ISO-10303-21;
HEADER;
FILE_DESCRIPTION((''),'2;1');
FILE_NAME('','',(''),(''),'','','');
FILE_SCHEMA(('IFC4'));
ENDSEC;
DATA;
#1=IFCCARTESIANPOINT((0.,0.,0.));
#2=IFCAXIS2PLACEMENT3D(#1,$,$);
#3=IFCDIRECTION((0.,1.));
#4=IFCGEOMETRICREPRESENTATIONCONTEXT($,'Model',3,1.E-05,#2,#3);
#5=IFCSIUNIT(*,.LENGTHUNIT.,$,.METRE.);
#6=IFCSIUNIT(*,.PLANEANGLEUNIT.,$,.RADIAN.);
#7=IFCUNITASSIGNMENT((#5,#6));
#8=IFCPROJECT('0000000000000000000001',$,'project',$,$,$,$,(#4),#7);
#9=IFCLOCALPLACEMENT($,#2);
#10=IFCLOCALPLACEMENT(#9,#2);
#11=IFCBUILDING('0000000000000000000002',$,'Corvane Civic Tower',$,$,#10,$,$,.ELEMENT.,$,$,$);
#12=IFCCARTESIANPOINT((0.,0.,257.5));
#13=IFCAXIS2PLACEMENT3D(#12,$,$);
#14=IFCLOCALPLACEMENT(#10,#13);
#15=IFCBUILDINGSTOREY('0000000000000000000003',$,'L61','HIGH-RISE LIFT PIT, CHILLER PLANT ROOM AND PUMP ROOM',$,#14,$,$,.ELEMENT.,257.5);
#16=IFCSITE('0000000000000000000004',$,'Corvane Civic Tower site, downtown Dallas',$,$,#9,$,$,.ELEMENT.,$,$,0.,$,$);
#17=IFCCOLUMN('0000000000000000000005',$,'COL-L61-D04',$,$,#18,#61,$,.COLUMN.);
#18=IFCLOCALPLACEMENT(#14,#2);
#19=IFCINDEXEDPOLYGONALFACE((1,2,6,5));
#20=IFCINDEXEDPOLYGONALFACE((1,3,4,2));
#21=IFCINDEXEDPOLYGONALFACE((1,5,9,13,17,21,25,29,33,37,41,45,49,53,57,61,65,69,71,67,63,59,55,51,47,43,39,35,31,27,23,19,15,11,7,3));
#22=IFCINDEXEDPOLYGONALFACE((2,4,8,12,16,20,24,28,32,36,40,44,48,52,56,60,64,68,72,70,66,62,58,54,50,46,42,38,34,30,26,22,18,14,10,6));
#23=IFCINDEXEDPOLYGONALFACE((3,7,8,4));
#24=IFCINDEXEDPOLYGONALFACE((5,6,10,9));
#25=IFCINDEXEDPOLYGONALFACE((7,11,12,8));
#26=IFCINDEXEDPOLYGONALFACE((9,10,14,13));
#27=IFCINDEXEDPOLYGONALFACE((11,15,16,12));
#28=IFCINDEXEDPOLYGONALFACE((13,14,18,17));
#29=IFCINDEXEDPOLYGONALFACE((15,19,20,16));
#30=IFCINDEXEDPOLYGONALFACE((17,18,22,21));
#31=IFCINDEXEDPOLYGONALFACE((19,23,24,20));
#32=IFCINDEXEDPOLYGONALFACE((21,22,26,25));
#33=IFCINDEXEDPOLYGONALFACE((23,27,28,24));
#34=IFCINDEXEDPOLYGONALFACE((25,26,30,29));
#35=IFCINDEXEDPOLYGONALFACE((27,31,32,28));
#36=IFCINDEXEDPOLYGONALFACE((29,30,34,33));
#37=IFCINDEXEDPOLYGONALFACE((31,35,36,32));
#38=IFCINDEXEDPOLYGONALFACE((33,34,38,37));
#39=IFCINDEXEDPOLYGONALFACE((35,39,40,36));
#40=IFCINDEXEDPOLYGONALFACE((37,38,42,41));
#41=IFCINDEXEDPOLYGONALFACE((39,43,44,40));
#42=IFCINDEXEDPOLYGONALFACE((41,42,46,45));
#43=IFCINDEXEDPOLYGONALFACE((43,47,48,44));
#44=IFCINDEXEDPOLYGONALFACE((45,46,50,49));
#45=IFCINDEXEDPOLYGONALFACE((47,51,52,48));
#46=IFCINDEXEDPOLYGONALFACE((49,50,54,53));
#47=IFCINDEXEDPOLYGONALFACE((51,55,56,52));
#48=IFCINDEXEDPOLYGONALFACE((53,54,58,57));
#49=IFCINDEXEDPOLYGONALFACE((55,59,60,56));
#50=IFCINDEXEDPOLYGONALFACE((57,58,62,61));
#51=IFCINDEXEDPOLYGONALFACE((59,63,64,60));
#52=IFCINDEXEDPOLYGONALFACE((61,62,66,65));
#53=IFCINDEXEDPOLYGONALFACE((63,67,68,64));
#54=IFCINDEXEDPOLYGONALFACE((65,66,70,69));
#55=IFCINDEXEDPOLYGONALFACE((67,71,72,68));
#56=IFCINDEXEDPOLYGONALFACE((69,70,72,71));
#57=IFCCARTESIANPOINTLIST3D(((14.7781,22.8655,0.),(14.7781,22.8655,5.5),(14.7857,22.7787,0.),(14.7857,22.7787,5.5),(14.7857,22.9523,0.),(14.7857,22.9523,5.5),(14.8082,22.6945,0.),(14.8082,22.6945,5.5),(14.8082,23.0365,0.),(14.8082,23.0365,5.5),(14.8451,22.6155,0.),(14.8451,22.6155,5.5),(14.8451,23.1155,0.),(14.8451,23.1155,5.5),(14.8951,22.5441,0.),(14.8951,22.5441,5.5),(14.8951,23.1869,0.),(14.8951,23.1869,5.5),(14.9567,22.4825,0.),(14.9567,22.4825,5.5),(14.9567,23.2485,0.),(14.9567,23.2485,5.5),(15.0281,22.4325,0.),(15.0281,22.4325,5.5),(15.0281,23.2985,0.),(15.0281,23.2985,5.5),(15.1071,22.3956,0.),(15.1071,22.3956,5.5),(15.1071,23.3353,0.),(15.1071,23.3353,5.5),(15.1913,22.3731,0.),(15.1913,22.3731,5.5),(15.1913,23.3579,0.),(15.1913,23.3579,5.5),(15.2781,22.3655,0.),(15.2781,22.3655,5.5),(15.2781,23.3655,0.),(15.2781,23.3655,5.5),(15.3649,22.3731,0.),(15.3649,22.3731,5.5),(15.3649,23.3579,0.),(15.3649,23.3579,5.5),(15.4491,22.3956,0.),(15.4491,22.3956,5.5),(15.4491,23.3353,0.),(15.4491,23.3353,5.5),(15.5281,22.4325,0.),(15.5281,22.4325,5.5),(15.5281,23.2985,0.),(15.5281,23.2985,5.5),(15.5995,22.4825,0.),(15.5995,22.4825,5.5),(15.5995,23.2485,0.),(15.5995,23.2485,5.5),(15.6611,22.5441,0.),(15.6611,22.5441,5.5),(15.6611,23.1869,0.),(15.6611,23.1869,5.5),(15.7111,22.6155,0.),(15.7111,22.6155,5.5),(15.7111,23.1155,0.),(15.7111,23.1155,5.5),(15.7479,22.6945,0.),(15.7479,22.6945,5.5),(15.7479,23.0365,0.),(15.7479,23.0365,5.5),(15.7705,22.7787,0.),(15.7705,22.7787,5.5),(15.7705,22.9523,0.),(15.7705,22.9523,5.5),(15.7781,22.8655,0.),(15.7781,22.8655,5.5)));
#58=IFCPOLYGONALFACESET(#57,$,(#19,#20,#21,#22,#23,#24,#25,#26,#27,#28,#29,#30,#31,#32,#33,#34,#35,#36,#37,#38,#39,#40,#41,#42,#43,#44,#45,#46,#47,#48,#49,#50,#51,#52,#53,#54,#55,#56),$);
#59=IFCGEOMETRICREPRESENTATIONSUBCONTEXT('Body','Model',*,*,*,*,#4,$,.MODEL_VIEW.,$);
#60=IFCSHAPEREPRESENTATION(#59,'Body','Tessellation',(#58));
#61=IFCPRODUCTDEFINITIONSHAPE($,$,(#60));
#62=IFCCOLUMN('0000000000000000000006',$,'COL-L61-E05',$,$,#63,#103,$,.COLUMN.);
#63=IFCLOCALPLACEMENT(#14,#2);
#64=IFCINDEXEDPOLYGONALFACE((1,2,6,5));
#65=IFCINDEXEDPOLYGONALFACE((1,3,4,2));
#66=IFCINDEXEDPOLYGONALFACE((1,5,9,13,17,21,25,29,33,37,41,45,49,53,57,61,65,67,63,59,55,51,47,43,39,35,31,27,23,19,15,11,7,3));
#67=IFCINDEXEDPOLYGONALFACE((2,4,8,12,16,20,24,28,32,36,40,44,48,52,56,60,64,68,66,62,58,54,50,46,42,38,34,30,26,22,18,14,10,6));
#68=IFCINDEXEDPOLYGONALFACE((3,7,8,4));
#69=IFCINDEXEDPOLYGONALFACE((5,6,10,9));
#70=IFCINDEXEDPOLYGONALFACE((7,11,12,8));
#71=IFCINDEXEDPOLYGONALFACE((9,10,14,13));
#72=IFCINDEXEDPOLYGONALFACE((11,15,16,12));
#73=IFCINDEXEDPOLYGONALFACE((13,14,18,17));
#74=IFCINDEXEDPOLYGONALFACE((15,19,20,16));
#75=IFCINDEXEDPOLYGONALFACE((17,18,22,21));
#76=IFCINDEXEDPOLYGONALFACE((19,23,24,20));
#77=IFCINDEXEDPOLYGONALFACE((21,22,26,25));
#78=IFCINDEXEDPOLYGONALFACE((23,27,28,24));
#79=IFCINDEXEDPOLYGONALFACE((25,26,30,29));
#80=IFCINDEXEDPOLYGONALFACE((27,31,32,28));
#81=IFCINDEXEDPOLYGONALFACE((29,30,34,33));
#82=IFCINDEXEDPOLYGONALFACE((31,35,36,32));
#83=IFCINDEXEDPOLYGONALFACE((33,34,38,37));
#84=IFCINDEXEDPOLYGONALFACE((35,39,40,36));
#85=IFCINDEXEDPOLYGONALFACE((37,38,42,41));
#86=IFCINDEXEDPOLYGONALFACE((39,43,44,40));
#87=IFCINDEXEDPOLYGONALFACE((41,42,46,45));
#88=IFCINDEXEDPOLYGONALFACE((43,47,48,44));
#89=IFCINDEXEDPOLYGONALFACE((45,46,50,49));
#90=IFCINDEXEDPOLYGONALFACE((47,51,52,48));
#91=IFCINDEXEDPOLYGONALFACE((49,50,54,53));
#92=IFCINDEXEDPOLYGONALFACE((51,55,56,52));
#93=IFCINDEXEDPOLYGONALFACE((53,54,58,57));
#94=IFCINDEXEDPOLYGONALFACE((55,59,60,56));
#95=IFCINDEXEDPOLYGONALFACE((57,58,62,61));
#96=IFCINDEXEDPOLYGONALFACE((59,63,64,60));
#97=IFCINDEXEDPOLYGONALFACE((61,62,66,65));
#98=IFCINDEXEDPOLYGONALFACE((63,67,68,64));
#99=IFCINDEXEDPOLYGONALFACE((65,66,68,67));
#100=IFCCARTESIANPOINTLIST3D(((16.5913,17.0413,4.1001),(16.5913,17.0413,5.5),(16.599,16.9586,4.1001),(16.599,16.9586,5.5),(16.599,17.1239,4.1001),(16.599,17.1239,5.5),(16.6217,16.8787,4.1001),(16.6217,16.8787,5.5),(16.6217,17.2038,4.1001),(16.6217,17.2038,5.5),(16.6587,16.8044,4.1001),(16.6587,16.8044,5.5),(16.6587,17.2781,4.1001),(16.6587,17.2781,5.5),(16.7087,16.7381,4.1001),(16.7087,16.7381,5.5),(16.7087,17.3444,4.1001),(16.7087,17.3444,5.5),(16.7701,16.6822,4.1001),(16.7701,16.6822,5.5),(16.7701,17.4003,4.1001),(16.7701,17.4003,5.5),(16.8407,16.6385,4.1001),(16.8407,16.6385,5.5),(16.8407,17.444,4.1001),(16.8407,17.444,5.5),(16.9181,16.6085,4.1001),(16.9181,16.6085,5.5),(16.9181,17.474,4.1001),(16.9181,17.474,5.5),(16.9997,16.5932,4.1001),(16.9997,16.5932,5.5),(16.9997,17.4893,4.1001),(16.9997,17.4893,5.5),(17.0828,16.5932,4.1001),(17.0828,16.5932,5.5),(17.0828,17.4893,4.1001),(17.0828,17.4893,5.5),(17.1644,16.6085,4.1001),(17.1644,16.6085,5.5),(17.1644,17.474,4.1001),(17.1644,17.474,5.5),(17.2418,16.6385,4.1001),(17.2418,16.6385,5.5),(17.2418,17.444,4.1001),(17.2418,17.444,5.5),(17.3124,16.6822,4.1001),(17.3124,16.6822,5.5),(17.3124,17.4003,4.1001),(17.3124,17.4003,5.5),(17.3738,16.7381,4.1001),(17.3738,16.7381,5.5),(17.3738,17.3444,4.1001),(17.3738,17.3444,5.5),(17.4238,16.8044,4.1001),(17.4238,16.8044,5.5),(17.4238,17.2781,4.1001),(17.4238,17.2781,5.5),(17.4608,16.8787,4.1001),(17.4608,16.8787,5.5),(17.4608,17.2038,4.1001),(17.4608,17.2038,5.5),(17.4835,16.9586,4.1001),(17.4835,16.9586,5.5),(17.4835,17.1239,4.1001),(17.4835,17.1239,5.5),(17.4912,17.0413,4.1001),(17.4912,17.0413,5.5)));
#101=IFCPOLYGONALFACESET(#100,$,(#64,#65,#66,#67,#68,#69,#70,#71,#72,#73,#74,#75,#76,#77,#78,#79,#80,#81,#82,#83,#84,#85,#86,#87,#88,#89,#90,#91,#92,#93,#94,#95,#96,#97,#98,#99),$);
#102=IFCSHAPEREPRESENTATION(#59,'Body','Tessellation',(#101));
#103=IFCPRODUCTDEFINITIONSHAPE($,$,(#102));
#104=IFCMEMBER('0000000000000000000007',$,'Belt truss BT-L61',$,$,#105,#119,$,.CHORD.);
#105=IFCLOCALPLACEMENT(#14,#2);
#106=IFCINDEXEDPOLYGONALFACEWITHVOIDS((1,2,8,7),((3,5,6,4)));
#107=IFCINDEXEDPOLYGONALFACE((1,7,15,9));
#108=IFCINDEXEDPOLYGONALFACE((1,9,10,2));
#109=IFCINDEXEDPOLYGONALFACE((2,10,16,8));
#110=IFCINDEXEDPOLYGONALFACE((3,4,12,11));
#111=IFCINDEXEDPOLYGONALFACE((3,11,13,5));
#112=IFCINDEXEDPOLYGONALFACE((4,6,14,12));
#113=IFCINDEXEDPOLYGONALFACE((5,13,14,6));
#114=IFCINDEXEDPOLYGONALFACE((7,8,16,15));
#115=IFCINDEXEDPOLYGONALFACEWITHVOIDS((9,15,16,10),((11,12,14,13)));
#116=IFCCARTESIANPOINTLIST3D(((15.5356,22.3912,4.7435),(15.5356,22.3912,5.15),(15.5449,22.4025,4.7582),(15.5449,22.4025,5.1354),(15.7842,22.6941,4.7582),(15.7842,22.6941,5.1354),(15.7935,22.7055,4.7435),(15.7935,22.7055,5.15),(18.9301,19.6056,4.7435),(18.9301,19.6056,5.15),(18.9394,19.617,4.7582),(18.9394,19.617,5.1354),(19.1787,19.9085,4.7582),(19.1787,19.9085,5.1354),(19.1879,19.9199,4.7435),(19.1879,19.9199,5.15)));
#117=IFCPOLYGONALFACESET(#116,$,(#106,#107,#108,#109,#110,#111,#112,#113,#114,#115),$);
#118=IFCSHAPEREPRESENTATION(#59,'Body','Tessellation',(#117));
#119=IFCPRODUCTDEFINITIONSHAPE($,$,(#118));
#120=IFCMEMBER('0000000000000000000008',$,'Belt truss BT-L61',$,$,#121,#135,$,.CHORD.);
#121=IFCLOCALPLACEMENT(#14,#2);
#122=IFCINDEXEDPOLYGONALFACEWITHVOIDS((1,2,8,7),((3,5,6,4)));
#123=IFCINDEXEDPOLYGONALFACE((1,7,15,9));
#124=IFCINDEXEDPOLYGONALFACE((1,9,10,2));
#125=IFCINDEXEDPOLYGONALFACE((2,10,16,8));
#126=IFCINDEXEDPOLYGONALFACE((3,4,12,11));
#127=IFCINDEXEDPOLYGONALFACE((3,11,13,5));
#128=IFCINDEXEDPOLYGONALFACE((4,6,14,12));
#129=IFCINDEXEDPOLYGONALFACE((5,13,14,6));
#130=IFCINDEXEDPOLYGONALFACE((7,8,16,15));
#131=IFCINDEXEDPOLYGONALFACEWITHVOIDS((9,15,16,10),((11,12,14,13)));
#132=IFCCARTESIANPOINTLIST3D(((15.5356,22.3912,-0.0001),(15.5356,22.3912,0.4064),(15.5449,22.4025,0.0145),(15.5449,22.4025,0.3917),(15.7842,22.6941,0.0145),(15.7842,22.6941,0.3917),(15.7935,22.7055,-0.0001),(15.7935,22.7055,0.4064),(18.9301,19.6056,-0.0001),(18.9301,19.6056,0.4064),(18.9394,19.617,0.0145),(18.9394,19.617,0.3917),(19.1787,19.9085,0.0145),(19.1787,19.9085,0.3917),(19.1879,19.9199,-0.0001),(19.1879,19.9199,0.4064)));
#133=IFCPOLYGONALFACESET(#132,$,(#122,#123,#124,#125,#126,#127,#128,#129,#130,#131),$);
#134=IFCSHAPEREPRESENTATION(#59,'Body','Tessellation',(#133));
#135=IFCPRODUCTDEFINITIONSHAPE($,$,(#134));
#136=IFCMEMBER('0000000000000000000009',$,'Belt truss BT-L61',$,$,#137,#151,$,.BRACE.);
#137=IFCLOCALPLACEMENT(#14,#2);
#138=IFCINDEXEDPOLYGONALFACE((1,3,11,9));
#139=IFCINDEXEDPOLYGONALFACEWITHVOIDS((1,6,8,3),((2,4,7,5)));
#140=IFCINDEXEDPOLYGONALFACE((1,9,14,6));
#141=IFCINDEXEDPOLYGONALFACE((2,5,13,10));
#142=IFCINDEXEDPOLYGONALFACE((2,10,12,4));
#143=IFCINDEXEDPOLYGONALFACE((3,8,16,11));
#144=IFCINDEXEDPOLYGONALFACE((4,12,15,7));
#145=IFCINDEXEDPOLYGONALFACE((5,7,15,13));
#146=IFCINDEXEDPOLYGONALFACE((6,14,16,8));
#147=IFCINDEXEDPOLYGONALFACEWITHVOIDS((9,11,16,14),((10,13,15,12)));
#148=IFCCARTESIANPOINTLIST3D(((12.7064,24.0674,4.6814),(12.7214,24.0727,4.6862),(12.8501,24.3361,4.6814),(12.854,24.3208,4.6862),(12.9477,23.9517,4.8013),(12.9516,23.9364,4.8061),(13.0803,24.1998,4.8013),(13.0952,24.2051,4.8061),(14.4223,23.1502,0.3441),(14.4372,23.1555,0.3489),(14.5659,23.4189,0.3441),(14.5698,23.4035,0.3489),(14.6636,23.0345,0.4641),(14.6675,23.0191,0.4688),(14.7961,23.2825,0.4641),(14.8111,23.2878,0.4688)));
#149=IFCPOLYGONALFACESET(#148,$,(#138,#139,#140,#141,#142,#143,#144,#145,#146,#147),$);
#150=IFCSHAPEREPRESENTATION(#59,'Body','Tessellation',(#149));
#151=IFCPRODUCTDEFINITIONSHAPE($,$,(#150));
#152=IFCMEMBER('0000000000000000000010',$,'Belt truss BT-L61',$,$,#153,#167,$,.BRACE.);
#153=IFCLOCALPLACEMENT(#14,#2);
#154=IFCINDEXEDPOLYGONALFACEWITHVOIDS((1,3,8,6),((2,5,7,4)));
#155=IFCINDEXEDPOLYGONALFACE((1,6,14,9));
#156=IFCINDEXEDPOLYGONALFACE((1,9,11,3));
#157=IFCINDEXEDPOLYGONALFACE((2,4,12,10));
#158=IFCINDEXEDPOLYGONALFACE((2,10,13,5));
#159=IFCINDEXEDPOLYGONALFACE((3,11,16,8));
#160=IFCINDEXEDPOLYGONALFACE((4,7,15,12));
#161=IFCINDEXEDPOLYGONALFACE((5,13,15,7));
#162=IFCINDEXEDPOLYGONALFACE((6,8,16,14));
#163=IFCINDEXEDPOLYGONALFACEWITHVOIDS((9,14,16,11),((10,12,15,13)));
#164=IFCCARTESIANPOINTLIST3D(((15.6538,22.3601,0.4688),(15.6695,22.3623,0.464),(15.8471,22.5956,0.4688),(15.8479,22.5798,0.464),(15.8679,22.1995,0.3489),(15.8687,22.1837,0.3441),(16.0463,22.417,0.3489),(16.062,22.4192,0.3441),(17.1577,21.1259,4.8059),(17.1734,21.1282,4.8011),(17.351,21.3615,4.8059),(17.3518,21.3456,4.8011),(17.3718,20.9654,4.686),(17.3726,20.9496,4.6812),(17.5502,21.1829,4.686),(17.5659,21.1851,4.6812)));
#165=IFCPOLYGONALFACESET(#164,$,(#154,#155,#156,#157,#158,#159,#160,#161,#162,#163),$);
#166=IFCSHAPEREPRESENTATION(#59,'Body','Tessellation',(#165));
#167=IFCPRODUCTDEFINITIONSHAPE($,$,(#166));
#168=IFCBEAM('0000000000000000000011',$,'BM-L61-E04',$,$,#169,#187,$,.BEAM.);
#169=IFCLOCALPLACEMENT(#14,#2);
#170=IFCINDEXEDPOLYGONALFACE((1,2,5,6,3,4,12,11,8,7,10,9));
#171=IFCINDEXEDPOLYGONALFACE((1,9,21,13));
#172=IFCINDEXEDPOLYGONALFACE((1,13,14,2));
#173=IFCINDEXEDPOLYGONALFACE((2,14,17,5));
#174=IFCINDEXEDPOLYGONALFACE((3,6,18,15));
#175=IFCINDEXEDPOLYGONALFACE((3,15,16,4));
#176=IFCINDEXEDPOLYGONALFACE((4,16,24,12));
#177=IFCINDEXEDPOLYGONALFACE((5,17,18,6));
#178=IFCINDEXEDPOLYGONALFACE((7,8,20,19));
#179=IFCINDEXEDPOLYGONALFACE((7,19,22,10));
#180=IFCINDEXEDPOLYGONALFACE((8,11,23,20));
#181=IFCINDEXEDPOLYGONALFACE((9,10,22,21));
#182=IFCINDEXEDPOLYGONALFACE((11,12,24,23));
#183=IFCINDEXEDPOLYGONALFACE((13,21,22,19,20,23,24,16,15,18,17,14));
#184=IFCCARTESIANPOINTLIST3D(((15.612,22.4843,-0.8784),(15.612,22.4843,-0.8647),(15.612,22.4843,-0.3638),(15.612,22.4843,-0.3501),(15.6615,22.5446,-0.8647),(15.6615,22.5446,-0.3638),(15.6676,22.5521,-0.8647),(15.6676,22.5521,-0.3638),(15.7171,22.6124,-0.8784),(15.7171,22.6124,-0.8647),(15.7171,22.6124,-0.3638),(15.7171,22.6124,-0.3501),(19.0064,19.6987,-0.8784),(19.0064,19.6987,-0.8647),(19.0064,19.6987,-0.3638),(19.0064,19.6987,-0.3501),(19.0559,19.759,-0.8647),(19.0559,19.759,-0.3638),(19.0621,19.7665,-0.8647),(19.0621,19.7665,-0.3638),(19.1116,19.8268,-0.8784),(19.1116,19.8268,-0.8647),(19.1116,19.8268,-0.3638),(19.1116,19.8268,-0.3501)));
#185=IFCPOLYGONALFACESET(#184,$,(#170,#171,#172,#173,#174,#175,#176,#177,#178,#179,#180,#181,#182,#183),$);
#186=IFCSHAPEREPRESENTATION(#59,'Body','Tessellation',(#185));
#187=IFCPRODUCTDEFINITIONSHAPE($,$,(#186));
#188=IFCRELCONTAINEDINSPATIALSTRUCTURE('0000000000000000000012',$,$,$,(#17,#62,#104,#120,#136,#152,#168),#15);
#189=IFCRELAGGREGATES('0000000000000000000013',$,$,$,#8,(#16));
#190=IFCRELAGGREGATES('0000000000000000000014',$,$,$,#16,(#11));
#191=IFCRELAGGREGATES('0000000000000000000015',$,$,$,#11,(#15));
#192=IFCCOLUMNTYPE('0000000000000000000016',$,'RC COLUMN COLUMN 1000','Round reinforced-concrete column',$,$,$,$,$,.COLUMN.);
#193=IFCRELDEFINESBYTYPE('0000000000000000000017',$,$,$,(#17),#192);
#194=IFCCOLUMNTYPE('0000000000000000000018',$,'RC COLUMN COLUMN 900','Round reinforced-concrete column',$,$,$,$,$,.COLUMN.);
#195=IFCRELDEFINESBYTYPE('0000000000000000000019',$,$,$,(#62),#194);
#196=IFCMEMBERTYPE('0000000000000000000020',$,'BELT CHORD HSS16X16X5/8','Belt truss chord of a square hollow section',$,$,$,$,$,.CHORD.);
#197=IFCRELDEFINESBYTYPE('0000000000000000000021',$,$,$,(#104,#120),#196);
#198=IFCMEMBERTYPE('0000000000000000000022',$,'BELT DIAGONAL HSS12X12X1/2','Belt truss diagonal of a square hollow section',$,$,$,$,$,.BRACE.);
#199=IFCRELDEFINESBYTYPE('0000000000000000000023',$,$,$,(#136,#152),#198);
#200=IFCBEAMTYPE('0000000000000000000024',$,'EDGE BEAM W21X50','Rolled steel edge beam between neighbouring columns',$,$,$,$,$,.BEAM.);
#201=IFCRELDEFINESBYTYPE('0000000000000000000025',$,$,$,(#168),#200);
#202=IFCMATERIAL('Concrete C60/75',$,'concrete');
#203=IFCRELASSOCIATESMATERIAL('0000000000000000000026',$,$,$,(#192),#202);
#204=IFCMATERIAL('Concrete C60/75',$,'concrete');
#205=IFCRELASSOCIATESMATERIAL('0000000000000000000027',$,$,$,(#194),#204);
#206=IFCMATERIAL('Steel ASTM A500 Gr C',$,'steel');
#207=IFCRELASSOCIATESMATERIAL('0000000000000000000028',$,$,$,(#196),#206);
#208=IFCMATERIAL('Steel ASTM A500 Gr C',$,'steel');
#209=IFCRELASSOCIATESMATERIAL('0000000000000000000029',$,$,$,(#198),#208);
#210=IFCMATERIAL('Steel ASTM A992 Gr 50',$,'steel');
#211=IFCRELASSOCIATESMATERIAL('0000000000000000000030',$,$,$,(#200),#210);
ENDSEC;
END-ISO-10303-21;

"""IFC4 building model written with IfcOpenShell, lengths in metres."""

from ifc_helpers import new_model, si_unit, direction, frame, origin, origin_2d, place, context, subcontext, project, spatial, hollow_rectangle, circle, i_section, extrude, material, material_profile, profile_set, type_object, element, save


model = new_model("IFC4")

# Units and contexts
model_context = context("Model", 3, precision=1e-05, world=origin(), true_north=direction((0.0, 1.0)))
body_context = subcontext(model_context, "Body", "Model", "MODEL_VIEW")
ifc_project = project(units=[si_unit("LENGTHUNIT", "METRE"), si_unit("PLANEANGLEUNIT", "RADIAN")], contexts=[model_context])

# Site, building, storey
site_placement = place(None, origin())
site = spatial("IfcSite", under=ifc_project, at=site_placement, Name="Corvane Civic Tower site, downtown Dallas", CompositionType="ELEMENT", RefElevation=0.0)
building_placement = place(site_placement, origin())
building = spatial("IfcBuilding", under=site, at=building_placement, Name="Corvane Civic Tower", CompositionType="ELEMENT")
storey_placement = place(building_placement, frame((0.0, 0.0, 257.5)))
storey = spatial("IfcBuildingStorey", under=building, at=storey_placement, Name="L61", Description="HIGH-RISE LIFT PIT, CHILLER PLANT ROOM AND PUMP ROOM", CompositionType="ELEMENT", Elevation=257.5)

# Columns
ifc_material_1 = material(Name="Concrete C60/75", Category="concrete")
ifc_material_profile_1 = material_profile(ifc_material_1, circle(Radius=0.5, at=origin_2d()), Name="COLUMN 1000")
ifc_profile_set_1 = profile_set([ifc_material_profile_1], Name="Concrete C60/75")
column_type_1 = type_object("IfcColumnType", Name="RC COLUMN COLUMN 1000", Description="Round reinforced-concrete column", PredefinedType="COLUMN", material=ifc_profile_set_1)
column_1_placement = place(storey_placement, frame((15.2781, 22.8655, 0.0), z_axis=(0.0, 0.0, 1.0), x_axis=(1.0, 0.0, 0.0)))
element("IfcColumn", 1, at=column_1_placement, inside=storey, type_object=column_type_1, Name="COL-L61-D04", PredefinedType="COLUMN", context=body_context, shape_type="SweptSolid", body=[
    extrude(circle(Radius=0.5, at=origin_2d()), origin(), (0.0, 0.0, 1.0), 5.5),
])
ifc_material_2 = material(Name="Concrete C60/75", Category="concrete")
ifc_material_profile_2 = material_profile(ifc_material_2, circle(Radius=0.45, at=origin_2d()), Name="COLUMN 900")
ifc_profile_set_2 = profile_set([ifc_material_profile_2], Name="Concrete C60/75")
column_type_2 = type_object("IfcColumnType", Name="RC COLUMN COLUMN 900", Description="Round reinforced-concrete column", PredefinedType="COLUMN", material=ifc_profile_set_2)
column_2_placement = place(storey_placement, frame((17.0413, 17.0413, 4.1001), z_axis=(0.0, 0.0, 1.0), x_axis=(1.0, 0.0, 0.0)))
element("IfcColumn", 2, at=column_2_placement, inside=storey, type_object=column_type_2, Name="COL-L61-E05", PredefinedType="COLUMN", context=body_context, shape_type="SweptSolid", body=[
    extrude(circle(Radius=0.45, at=origin_2d()), origin(), (0.0, 0.0, 1.0), 1.3999),
])

# Members
ifc_material_3 = material(Name="Steel ASTM A500 Gr C", Category="steel")
ifc_material_profile_3 = material_profile(ifc_material_3, hollow_rectangle(XDim=0.4065, YDim=0.4065, WallThickness=0.0146, at=origin_2d()), Name="HSS16X16X5/8")
ifc_profile_set_3 = profile_set([ifc_material_profile_3], Name="Steel ASTM A500 Gr C")
member_type_1 = type_object("IfcMemberType", Name="BELT CHORD HSS16X16X5/8", Description="Belt truss chord of a square hollow section", PredefinedType="CHORD", material=ifc_profile_set_3)
for number, where, z_axis, x_axis, name in (
    (3, (15.6646, 22.5483, 4.9468), (0.77303, -0.634369, 0.0), (0.634369, 0.77303, 0.0), "Belt truss BT-L61"),
    (4, (15.6646, 22.5483, 0.2031), (0.77303, -0.634369, 0.0), (0.634369, 0.77303, 0.0), "Belt truss BT-L61"),
):
    element("IfcMember", number, at=place(storey_placement, frame(where, z_axis=z_axis, x_axis=x_axis)), inside=storey, type_object=member_type_1, Name=name, PredefinedType="CHORD", context=body_context, shape_type="SweptSolid", body=[
        extrude(hollow_rectangle(XDim=0.4065, YDim=0.4065, WallThickness=0.0146, at=origin_2d()), origin(), (0.0, 0.0, 1.0), 4.3911),
    ])
ifc_material_4 = material(Name="Steel ASTM A500 Gr C", Category="steel")
ifc_material_profile_4 = material_profile(ifc_material_4, hollow_rectangle(XDim=0.3047, YDim=0.3047, WallThickness=0.0117, at=origin_2d()), Name="HSS12X12X1/2")
ifc_profile_set_4 = profile_set([ifc_material_profile_4], Name="Steel ASTM A500 Gr C")
member_type_2 = type_object("IfcMemberType", Name="BELT DIAGONAL HSS12X12X1/2", Description="Belt truss diagonal of a square hollow section", PredefinedType="BRACE", material=ifc_profile_set_4)
member_1_placement = place(storey_placement, frame((14.6167, 23.219, 0.4065), z_axis=(-0.360955, 0.192958, 0.912403), x_axis=(-0.471441, -0.881897, 0.0)))
element("IfcMember", 5, at=member_1_placement, inside=storey, type_object=member_type_2, Name="Belt truss BT-L61", PredefinedType="BRACE", context=body_context, shape_type="SweptSolid", body=[
    extrude(hollow_rectangle(XDim=0.3047, YDim=0.3047, WallThickness=0.0117, at=origin_2d()), origin(), (0.0, 0.0, 1.0), 4.7537),
])
member_2_placement = place(storey_placement, frame((15.8579, 22.3896, 0.4065), z_axis=(0.316379, -0.259626, 0.912414), x_axis=(0.634365, 0.773034, 0.0)))
element("IfcMember", 6, at=member_2_placement, inside=storey, type_object=member_type_2, Name="Belt truss BT-L61", PredefinedType="BRACE", context=body_context, shape_type="SweptSolid", body=[
    extrude(hollow_rectangle(XDim=0.3047, YDim=0.3047, WallThickness=0.0117, at=origin_2d()), origin(), (0.0, 0.0, 1.0), 4.7534),
])

# Beam
ifc_material_5 = material(Name="Steel ASTM A992 Gr 50", Category="steel")
ifc_material_profile_5 = material_profile(ifc_material_5, i_section(OverallWidth=0.1658, OverallDepth=0.5283, WebThickness=0.0098, FlangeThickness=0.0137, at=origin_2d()), Name="W21X50")
ifc_profile_set_5 = profile_set([ifc_material_profile_5], Name="Steel ASTM A992 Gr 50")
beam_type = type_object("IfcBeamType", Name="EDGE BEAM W21X50", Description="Rolled steel edge beam between neighbouring columns", PredefinedType="BEAM", material=ifc_profile_set_5)
beam_placement = place(storey_placement, frame((15.6646, 22.5483, -0.6143), z_axis=(0.77303, -0.634369, 0.0), x_axis=(0.634369, 0.77303, 0.0)))
element("IfcBeam", 7, at=beam_placement, inside=storey, type_object=beam_type, Name="BM-L61-E04", PredefinedType="BEAM", context=body_context, shape_type="SweptSolid", body=[
    extrude(i_section(OverallWidth=0.1658, OverallDepth=0.5283, WebThickness=0.0098, FlangeThickness=0.0137, at=origin_2d()), origin(), (0.0, 0.0, 1.0), 4.3911),
])

save(model, "model.ifc")
